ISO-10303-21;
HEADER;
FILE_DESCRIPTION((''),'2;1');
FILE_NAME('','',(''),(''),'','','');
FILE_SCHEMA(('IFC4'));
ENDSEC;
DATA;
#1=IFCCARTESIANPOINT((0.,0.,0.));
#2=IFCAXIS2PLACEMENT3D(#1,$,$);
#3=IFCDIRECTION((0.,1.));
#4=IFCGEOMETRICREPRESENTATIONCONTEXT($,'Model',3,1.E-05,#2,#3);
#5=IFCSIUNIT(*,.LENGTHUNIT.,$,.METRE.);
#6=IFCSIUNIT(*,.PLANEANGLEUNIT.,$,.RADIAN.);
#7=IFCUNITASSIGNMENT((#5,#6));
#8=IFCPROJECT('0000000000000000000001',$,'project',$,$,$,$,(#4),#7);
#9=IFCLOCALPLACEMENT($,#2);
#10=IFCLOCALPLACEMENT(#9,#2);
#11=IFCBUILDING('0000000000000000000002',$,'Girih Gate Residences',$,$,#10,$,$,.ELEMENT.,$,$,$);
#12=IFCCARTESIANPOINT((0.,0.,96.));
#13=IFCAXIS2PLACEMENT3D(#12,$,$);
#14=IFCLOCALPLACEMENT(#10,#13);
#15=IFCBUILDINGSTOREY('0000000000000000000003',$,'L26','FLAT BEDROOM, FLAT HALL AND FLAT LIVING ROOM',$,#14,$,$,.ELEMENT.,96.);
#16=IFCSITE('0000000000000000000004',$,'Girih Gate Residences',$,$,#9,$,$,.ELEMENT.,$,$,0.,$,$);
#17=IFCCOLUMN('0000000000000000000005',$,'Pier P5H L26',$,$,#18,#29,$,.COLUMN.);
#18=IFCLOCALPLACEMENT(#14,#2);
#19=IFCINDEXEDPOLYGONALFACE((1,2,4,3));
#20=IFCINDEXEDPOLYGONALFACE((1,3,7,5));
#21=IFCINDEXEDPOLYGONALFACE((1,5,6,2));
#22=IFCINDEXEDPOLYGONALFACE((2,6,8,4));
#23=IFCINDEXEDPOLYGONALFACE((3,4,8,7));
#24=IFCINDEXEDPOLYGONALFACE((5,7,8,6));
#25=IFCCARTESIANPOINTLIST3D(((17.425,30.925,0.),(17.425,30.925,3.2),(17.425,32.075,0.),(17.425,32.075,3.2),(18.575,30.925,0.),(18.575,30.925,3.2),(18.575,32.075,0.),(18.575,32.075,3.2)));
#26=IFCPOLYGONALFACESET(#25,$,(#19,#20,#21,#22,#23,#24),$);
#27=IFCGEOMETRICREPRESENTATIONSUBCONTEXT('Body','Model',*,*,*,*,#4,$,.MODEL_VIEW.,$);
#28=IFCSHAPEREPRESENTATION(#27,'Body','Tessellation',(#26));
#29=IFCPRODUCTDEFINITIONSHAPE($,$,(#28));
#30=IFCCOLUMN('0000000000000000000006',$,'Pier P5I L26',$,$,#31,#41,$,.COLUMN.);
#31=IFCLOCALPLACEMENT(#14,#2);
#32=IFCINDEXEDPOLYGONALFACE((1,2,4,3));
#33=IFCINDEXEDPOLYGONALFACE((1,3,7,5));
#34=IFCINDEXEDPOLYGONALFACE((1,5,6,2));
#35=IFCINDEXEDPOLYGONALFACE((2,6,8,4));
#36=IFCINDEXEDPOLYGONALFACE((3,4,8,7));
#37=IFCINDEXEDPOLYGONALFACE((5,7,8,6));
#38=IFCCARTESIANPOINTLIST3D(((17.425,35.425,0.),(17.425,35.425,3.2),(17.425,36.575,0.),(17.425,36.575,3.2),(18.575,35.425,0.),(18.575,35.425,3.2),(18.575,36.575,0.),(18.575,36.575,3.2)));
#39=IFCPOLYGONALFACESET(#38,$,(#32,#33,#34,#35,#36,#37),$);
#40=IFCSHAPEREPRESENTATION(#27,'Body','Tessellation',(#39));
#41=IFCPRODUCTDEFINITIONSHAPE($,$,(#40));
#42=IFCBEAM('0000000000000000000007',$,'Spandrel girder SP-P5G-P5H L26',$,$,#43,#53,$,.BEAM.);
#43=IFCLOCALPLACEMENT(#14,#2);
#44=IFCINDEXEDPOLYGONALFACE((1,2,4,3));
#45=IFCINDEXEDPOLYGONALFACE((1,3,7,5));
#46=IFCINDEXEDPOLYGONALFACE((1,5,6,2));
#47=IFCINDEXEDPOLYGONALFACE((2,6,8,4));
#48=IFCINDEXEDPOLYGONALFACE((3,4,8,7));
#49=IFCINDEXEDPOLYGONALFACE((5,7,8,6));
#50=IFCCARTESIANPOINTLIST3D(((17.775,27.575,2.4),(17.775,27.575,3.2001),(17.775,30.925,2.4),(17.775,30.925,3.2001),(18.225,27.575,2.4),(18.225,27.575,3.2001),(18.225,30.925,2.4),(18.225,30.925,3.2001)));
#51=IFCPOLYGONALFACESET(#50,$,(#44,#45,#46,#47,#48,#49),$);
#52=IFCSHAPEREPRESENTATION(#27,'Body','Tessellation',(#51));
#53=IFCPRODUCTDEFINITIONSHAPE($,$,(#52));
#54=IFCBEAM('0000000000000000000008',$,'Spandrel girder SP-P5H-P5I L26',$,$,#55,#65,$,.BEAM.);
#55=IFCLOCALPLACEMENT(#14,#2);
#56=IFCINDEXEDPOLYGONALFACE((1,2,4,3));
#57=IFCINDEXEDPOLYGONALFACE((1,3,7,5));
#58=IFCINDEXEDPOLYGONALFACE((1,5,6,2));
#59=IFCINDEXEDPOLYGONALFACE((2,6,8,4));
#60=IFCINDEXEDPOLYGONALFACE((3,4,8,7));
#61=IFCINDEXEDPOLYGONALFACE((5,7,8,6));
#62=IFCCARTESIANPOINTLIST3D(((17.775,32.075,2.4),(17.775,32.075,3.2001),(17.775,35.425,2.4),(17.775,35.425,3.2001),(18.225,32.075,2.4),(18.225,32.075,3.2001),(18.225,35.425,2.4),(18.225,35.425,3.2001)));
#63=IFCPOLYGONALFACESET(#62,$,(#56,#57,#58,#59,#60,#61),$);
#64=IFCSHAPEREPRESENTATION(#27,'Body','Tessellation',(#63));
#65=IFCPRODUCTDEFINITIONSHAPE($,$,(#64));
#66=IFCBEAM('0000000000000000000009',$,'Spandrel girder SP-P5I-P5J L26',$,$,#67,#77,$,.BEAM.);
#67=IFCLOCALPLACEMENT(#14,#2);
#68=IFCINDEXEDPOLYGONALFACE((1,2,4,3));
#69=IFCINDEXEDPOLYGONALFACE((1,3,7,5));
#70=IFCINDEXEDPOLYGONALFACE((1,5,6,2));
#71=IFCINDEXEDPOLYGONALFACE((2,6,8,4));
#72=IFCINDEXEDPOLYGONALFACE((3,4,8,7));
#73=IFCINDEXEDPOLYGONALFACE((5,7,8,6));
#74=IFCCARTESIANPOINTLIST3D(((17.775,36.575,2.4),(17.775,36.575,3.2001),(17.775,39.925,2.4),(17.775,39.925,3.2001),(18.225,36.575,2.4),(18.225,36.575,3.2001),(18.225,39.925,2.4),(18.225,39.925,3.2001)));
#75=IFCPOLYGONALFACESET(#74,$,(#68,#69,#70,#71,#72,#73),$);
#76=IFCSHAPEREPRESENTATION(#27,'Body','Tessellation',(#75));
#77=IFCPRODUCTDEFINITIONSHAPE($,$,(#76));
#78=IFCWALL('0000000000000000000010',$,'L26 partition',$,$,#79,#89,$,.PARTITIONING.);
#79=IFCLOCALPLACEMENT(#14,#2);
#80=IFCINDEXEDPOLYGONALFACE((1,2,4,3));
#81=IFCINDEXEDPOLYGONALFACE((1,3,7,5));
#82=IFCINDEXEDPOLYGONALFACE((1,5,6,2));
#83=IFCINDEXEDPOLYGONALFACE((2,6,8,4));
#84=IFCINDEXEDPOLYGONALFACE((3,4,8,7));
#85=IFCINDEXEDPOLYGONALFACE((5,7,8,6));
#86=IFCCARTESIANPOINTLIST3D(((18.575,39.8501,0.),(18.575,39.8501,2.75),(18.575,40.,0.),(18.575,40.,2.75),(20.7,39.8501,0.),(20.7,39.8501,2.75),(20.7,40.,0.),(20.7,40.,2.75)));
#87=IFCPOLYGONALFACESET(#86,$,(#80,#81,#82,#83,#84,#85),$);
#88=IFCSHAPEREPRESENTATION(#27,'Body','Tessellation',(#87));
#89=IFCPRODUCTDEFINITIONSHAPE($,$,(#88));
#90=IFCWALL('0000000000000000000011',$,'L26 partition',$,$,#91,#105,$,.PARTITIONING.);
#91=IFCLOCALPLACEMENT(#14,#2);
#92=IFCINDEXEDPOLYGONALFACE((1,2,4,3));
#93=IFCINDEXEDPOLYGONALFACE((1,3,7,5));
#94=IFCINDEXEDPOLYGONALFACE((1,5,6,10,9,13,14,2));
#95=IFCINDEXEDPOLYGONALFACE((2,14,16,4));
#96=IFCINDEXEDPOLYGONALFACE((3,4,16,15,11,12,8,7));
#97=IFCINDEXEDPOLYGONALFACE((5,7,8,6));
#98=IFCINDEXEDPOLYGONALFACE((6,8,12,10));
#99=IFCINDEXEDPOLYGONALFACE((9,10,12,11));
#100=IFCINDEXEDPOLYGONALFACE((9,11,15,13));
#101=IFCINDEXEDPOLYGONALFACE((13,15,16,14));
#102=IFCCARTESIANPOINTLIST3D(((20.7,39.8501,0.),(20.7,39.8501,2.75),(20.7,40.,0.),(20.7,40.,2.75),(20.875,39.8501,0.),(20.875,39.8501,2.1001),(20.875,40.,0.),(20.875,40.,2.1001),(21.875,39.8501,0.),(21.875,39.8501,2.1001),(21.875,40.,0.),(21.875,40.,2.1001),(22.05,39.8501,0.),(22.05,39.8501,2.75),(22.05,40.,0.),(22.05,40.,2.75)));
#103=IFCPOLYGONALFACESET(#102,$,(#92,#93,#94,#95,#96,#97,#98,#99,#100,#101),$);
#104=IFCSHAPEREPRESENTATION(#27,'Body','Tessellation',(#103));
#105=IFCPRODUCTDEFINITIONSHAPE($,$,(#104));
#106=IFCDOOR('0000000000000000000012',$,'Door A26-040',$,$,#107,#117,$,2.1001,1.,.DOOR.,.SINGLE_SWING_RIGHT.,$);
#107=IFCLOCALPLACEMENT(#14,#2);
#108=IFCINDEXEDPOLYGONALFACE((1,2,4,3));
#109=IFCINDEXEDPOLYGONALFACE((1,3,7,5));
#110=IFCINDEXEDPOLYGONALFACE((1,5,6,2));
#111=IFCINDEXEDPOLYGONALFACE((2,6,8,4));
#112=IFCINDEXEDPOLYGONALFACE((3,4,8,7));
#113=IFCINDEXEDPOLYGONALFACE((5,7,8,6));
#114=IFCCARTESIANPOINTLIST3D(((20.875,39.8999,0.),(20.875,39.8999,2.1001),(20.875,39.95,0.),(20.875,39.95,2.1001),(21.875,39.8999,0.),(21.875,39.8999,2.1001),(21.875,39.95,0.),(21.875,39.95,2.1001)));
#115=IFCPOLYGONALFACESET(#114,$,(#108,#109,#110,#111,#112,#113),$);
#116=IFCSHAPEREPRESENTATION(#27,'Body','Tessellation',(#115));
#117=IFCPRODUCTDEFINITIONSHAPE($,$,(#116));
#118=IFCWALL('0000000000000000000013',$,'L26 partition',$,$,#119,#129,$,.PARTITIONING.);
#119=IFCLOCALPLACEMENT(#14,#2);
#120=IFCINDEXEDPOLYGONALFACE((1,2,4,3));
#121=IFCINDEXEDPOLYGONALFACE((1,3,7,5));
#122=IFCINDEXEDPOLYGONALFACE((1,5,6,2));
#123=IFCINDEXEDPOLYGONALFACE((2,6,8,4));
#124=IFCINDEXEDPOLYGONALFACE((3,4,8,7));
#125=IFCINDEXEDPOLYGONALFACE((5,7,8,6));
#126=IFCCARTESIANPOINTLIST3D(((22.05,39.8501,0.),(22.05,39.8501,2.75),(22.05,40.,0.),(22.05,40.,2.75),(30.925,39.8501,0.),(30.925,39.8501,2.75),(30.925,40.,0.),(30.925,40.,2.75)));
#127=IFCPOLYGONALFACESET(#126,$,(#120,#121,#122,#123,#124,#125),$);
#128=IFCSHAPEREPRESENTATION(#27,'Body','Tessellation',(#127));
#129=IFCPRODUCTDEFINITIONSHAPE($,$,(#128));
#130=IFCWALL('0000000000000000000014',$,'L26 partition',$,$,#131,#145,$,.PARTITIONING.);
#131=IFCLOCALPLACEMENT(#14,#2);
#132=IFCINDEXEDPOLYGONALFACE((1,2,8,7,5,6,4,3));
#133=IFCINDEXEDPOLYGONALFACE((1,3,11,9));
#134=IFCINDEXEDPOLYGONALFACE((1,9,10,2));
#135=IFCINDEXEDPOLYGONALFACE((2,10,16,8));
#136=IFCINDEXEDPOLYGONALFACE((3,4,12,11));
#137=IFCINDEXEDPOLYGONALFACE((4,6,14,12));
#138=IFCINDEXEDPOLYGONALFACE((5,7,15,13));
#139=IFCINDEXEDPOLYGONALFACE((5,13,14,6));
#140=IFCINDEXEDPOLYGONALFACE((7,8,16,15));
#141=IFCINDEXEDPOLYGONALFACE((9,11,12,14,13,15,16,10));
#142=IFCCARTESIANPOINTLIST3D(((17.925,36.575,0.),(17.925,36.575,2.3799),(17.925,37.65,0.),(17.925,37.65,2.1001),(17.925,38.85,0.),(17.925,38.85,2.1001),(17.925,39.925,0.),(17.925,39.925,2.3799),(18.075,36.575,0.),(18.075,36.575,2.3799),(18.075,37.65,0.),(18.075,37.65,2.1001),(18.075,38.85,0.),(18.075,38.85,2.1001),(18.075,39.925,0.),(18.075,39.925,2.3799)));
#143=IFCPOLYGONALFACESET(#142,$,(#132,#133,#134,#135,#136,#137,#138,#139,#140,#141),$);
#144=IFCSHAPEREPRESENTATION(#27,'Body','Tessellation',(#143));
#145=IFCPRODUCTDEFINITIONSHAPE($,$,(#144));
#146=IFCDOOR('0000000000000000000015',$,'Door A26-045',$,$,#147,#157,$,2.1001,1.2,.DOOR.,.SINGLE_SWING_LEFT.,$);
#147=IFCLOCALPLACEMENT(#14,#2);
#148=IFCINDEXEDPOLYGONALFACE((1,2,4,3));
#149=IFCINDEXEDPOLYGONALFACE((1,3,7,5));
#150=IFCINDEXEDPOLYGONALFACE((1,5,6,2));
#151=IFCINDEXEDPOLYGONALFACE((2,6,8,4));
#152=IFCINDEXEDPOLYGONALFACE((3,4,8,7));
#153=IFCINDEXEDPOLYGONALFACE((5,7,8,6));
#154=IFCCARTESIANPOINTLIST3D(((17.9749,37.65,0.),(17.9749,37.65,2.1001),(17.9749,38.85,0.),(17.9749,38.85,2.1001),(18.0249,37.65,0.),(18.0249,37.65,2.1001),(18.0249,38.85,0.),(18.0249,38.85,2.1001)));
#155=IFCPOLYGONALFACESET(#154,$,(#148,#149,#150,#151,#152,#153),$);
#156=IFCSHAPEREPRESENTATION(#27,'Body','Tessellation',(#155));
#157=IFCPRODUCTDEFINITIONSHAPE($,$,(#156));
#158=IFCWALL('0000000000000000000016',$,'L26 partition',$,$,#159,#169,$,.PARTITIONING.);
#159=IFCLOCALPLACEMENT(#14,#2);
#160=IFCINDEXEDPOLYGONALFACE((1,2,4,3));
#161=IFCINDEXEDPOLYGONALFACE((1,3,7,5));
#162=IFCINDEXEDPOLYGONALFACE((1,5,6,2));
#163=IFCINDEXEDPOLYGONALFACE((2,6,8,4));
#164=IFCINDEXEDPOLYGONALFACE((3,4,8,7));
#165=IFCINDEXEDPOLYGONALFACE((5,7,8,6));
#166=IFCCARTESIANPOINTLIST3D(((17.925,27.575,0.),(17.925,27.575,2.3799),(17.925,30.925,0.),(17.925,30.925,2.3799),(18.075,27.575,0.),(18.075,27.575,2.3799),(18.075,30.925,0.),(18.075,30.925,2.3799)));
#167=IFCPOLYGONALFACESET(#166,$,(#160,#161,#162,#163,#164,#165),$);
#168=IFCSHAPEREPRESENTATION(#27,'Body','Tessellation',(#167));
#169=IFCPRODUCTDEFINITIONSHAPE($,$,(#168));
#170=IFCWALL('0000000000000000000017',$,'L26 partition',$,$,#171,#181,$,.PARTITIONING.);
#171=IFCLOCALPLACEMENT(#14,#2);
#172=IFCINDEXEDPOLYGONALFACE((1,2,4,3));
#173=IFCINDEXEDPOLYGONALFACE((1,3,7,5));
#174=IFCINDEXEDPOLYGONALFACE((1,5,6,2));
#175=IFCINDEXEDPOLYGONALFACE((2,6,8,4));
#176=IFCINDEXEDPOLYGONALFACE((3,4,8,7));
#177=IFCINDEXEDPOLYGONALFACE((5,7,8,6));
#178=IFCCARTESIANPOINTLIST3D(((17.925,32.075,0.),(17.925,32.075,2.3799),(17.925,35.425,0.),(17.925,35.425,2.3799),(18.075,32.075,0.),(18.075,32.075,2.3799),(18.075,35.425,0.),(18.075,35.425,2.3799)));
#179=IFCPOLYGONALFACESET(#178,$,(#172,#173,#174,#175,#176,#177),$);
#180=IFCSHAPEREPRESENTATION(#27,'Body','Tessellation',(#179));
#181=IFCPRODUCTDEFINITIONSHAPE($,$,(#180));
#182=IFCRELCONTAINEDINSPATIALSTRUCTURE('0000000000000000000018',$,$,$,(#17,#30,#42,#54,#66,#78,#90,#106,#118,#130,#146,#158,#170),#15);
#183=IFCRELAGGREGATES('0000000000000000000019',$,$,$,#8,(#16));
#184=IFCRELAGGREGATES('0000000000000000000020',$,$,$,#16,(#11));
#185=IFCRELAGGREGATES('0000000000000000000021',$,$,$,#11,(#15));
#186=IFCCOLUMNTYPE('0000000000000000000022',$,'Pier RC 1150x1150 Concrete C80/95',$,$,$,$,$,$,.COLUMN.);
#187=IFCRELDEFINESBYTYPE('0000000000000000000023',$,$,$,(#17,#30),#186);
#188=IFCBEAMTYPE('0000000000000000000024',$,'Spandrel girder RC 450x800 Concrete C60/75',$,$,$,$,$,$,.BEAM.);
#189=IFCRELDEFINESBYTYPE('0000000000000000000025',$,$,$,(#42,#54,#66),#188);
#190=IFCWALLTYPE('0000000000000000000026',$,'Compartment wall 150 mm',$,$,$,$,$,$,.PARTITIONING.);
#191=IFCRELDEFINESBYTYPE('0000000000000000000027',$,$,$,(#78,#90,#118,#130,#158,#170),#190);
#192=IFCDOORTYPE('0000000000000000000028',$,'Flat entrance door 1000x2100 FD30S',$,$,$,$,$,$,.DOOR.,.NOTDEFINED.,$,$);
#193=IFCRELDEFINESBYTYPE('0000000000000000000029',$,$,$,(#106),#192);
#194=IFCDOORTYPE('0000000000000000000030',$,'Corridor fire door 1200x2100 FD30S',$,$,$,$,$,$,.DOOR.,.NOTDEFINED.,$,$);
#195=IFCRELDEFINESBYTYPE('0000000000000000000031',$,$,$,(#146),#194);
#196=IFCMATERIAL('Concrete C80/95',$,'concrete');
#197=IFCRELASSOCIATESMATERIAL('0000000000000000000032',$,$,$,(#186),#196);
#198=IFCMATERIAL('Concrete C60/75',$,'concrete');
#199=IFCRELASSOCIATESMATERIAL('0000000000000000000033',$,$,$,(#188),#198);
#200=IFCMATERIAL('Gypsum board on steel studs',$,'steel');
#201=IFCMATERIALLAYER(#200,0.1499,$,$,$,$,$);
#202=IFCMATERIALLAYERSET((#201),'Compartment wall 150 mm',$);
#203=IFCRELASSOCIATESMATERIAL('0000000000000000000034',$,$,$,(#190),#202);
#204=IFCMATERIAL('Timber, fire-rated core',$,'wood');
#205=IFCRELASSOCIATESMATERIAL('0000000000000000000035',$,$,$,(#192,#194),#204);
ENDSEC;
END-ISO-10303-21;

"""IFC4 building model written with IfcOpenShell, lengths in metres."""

from ifc_helpers import new_model, si_unit, direction, frame, frame_2d, origin, origin_2d, place, context, subcontext, project, spatial, rectangle, extrude, material, layer, layer_set, material_profile, profile_set, type_object, element, fill, save


model = new_model("IFC4")

# Units and contexts
model_context = context("Model", 3, precision=1e-05, world=origin(), true_north=direction((0.0, 1.0)))
body_context = subcontext(model_context, "Body", "Model", "MODEL_VIEW")
ifc_project = project(units=[si_unit("LENGTHUNIT", "METRE"), si_unit("PLANEANGLEUNIT", "RADIAN")], contexts=[model_context])

# Site, building, storey
site_placement = place(None, origin())
site = spatial("IfcSite", under=ifc_project, at=site_placement, Name="Girih Gate Residences", CompositionType="ELEMENT", RefElevation=0.0)
building_placement = place(site_placement, origin())
building = spatial("IfcBuilding", under=site, at=building_placement, Name="Girih Gate Residences", CompositionType="ELEMENT")
storey_placement = place(building_placement, frame((0.0, 0.0, 96.0)))
storey = spatial("IfcBuildingStorey", under=building, at=storey_placement, Name="L26", Description="FLAT BEDROOM, FLAT HALL AND FLAT LIVING ROOM", CompositionType="ELEMENT", Elevation=96.0)

# Columns
ifc_material_1 = material(Name="Concrete C80/95", Category="concrete")
ifc_material_profile_1 = material_profile(ifc_material_1, rectangle(XDim=1.1499, YDim=1.1499, at=origin_2d()))
ifc_profile_set_1 = profile_set([ifc_material_profile_1], Name="Concrete C80/95")
column_type = type_object("IfcColumnType", Name="Pier RC 1150x1150 Concrete C80/95", PredefinedType="COLUMN", material=ifc_profile_set_1)
for number, where, z_axis, x_axis, name in (
    (1, (18.0, 31.5, 0.0), (0.0, 0.0, 1.0), (1.0, 0.0, 0.0), "Pier P5H L26"),
    (2, (18.0, 36.0, 0.0), (0.0, 0.0, 1.0), (1.0, 0.0, 0.0), "Pier P5I L26"),
):
    element("IfcColumn", number, at=place(storey_placement, frame(where, z_axis=z_axis, x_axis=x_axis)), inside=storey, type_object=column_type, Name=name, PredefinedType="COLUMN", context=body_context, shape_type="SweptSolid", body=[
        extrude(rectangle(XDim=1.1499, YDim=1.1499, at=origin_2d()), origin(), (0.0, 0.0, 1.0), 3.2),
    ])

# Beams
ifc_material_2 = material(Name="Concrete C60/75", Category="concrete")
ifc_material_profile_2 = material_profile(ifc_material_2, rectangle(XDim=0.45, YDim=0.8, at=origin_2d()))
ifc_profile_set_2 = profile_set([ifc_material_profile_2], Name="Concrete C60/75")
beam_type = type_object("IfcBeamType", Name="Spandrel girder RC 450x800 Concrete C60/75", PredefinedType="BEAM", material=ifc_profile_set_2)
for number, where, z_axis, x_axis, name in (
    (3, (18.0, 27.575, 2.8), (0.0, 1.0, 0.0), (-1.0, 0.0, 0.0), "Spandrel girder SP-P5G-P5H L26"),
    (4, (18.0, 32.075, 2.8), (0.0, 1.0, 0.0), (-1.0, 0.0, 0.0), "Spandrel girder SP-P5H-P5I L26"),
    (5, (18.0, 36.575, 2.8), (0.0, 1.0, 0.0), (-1.0, 0.0, 0.0), "Spandrel girder SP-P5I-P5J L26"),
):
    element("IfcBeam", number, at=place(storey_placement, frame(where, z_axis=z_axis, x_axis=x_axis)), inside=storey, type_object=beam_type, Name=name, PredefinedType="BEAM", context=body_context, shape_type="SweptSolid", body=[
        extrude(rectangle(XDim=0.45, YDim=0.8, at=origin_2d()), origin(), (0.0, 0.0, 1.0), 3.3501),
    ])

# Wall
ifc_material_3 = material(Name="Gypsum board on steel studs", Category="steel")
ifc_layer_1 = layer(ifc_material_3, 0.1499)
ifc_layer_set_1 = layer_set([ifc_layer_1], Name="Compartment wall 150 mm")
wall_type_1 = type_object("IfcWallType", Name="Compartment wall 150 mm", PredefinedType="PARTITIONING", material=ifc_layer_set_1)
wall_1_placement = place(storey_placement, frame((18.575, 39.925, 0.0), z_axis=(0.0, 0.0, 1.0), x_axis=(1.0, 0.0, 0.0)))
element("IfcWall", 6, at=wall_1_placement, inside=storey, type_object=wall_type_1, Name="L26 partition", PredefinedType="PARTITIONING", context=body_context, shape_type="SweptSolid", body=[
    extrude(rectangle(XDim=2.125, YDim=0.1499, at=frame_2d((1.0625, 0.0))), origin(), (0.0, 0.0, 1.0), 2.75),
])

# Wall, opening, door
wall_2_placement = place(storey_placement, frame((20.7, 39.925, 0.0), z_axis=(0.0, 0.0, 1.0), x_axis=(1.0, 0.0, 0.0)))
wall_2 = element("IfcWall", 7, at=wall_2_placement, inside=storey, type_object=wall_type_1, Name="L26 partition", PredefinedType="PARTITIONING", context=body_context, shape_type="SweptSolid", body=[
    extrude(rectangle(XDim=1.3501, YDim=0.1499, at=frame_2d((0.675, 0.0))), origin(), (0.0, 0.0, 1.0), 2.75),
])
opening_1_placement = place(wall_2_placement, frame((0.175, 0.0, 0.0)))
opening_1 = element("IfcOpeningElement", 8, at=opening_1_placement, cuts=wall_2, PredefinedType="OPENING", context=body_context, shape_type="SweptSolid", body=[
    extrude(rectangle(XDim=1.0, YDim=2.1001, at=frame_2d((0.5, 1.05))), frame((0.0, 0.085, 0.0), z_axis=(0.0, -1.0, 0.0), x_axis=(1.0, 0.0, 0.0)), (0.0, 0.0, 1.0), 0.1699),
])
ifc_material_4 = material(Name="Timber, fire-rated core", Category="wood")
door_type_1 = type_object("IfcDoorType", Name="Flat entrance door 1000x2100 FD30S", OperationType="NOTDEFINED", PredefinedType="DOOR", material=ifc_material_4)
door_1_placement = place(opening_1_placement, origin())
door_1 = element("IfcDoor", 9, at=door_1_placement, inside=storey, type_object=door_type_1, Name="Door A26-040", OperationType="SINGLE_SWING_RIGHT", OverallHeight=2.1001, OverallWidth=1.0, PredefinedType="DOOR", context=body_context, shape_type="SweptSolid", body=[
    extrude(rectangle(XDim=1.0, YDim=2.1001, at=frame_2d((0.5, 1.05))), frame((0.0, 0.0249, 0.0), z_axis=(0.0, -1.0, 0.0), x_axis=(1.0, 0.0, 0.0)), (0.0, 0.0, 1.0), 0.05),
])
fill(opening_1, door_1)

# Wall
wall_3_placement = place(storey_placement, frame((22.05, 39.925, 0.0), z_axis=(0.0, 0.0, 1.0), x_axis=(1.0, 0.0, 0.0)))
element("IfcWall", 10, at=wall_3_placement, inside=storey, type_object=wall_type_1, Name="L26 partition", PredefinedType="PARTITIONING", context=body_context, shape_type="SweptSolid", body=[
    extrude(rectangle(XDim=8.875, YDim=0.1499, at=frame_2d((4.4375, 0.0))), origin(), (0.0, 0.0, 1.0), 2.75),
])

# Wall, opening, door
wall_4_placement = place(storey_placement, frame((18.0, 39.925, 0.0), z_axis=(0.0, 0.0, 1.0), x_axis=(0.0, -1.0, 0.0)))
wall_4 = element("IfcWall", 11, at=wall_4_placement, inside=storey, type_object=wall_type_1, Name="L26 partition", PredefinedType="PARTITIONING", context=body_context, shape_type="SweptSolid", body=[
    extrude(rectangle(XDim=3.3501, YDim=0.1499, at=frame_2d((1.675, 0.0))), origin(), (0.0, 0.0, 1.0), 2.3799),
])
opening_2_placement = place(wall_4_placement, frame((1.075, 0.0, 0.0)))
opening_2 = element("IfcOpeningElement", 12, at=opening_2_placement, cuts=wall_4, PredefinedType="OPENING", context=body_context, shape_type="SweptSolid", body=[
    extrude(rectangle(XDim=1.2, YDim=2.1001, at=frame_2d((0.6001, 1.05))), frame((0.0, 0.085, 0.0), z_axis=(0.0, -1.0, 0.0), x_axis=(1.0, 0.0, 0.0)), (0.0, 0.0, 1.0), 0.1699),
])
door_type_2 = type_object("IfcDoorType", Name="Corridor fire door 1200x2100 FD30S", OperationType="NOTDEFINED", PredefinedType="DOOR", material=ifc_material_4)
door_2_placement = place(opening_2_placement, origin())
door_2 = element("IfcDoor", 13, at=door_2_placement, inside=storey, type_object=door_type_2, Name="Door A26-045", OperationType="SINGLE_SWING_LEFT", OverallHeight=2.1001, OverallWidth=1.2, PredefinedType="DOOR", context=body_context, shape_type="SweptSolid", body=[
    extrude(rectangle(XDim=1.2, YDim=2.1001, at=frame_2d((0.6001, 1.05))), frame((0.0, 0.0249, 0.0), z_axis=(0.0, -1.0, 0.0), x_axis=(1.0, 0.0, 0.0)), (0.0, 0.0, 1.0), 0.05),
])
fill(opening_2, door_2)

# Walls
for number, where, z_axis, x_axis, name in (
    (14, (18.0, 27.575, 0.0), (0.0, 0.0, 1.0), (0.0, 1.0, 0.0), "L26 partition"),
    (15, (18.0, 32.075, 0.0), (0.0, 0.0, 1.0), (0.0, 1.0, 0.0), "L26 partition"),
):
    element("IfcWall", number, at=place(storey_placement, frame(where, z_axis=z_axis, x_axis=x_axis)), inside=storey, type_object=wall_type_1, Name=name, PredefinedType="PARTITIONING", context=body_context, shape_type="SweptSolid", body=[
        extrude(rectangle(XDim=3.3501, YDim=0.1499, at=frame_2d((1.675, 0.0))), origin(), (0.0, 0.0, 1.0), 2.3799),
    ])

save(model, "model.ifc")
